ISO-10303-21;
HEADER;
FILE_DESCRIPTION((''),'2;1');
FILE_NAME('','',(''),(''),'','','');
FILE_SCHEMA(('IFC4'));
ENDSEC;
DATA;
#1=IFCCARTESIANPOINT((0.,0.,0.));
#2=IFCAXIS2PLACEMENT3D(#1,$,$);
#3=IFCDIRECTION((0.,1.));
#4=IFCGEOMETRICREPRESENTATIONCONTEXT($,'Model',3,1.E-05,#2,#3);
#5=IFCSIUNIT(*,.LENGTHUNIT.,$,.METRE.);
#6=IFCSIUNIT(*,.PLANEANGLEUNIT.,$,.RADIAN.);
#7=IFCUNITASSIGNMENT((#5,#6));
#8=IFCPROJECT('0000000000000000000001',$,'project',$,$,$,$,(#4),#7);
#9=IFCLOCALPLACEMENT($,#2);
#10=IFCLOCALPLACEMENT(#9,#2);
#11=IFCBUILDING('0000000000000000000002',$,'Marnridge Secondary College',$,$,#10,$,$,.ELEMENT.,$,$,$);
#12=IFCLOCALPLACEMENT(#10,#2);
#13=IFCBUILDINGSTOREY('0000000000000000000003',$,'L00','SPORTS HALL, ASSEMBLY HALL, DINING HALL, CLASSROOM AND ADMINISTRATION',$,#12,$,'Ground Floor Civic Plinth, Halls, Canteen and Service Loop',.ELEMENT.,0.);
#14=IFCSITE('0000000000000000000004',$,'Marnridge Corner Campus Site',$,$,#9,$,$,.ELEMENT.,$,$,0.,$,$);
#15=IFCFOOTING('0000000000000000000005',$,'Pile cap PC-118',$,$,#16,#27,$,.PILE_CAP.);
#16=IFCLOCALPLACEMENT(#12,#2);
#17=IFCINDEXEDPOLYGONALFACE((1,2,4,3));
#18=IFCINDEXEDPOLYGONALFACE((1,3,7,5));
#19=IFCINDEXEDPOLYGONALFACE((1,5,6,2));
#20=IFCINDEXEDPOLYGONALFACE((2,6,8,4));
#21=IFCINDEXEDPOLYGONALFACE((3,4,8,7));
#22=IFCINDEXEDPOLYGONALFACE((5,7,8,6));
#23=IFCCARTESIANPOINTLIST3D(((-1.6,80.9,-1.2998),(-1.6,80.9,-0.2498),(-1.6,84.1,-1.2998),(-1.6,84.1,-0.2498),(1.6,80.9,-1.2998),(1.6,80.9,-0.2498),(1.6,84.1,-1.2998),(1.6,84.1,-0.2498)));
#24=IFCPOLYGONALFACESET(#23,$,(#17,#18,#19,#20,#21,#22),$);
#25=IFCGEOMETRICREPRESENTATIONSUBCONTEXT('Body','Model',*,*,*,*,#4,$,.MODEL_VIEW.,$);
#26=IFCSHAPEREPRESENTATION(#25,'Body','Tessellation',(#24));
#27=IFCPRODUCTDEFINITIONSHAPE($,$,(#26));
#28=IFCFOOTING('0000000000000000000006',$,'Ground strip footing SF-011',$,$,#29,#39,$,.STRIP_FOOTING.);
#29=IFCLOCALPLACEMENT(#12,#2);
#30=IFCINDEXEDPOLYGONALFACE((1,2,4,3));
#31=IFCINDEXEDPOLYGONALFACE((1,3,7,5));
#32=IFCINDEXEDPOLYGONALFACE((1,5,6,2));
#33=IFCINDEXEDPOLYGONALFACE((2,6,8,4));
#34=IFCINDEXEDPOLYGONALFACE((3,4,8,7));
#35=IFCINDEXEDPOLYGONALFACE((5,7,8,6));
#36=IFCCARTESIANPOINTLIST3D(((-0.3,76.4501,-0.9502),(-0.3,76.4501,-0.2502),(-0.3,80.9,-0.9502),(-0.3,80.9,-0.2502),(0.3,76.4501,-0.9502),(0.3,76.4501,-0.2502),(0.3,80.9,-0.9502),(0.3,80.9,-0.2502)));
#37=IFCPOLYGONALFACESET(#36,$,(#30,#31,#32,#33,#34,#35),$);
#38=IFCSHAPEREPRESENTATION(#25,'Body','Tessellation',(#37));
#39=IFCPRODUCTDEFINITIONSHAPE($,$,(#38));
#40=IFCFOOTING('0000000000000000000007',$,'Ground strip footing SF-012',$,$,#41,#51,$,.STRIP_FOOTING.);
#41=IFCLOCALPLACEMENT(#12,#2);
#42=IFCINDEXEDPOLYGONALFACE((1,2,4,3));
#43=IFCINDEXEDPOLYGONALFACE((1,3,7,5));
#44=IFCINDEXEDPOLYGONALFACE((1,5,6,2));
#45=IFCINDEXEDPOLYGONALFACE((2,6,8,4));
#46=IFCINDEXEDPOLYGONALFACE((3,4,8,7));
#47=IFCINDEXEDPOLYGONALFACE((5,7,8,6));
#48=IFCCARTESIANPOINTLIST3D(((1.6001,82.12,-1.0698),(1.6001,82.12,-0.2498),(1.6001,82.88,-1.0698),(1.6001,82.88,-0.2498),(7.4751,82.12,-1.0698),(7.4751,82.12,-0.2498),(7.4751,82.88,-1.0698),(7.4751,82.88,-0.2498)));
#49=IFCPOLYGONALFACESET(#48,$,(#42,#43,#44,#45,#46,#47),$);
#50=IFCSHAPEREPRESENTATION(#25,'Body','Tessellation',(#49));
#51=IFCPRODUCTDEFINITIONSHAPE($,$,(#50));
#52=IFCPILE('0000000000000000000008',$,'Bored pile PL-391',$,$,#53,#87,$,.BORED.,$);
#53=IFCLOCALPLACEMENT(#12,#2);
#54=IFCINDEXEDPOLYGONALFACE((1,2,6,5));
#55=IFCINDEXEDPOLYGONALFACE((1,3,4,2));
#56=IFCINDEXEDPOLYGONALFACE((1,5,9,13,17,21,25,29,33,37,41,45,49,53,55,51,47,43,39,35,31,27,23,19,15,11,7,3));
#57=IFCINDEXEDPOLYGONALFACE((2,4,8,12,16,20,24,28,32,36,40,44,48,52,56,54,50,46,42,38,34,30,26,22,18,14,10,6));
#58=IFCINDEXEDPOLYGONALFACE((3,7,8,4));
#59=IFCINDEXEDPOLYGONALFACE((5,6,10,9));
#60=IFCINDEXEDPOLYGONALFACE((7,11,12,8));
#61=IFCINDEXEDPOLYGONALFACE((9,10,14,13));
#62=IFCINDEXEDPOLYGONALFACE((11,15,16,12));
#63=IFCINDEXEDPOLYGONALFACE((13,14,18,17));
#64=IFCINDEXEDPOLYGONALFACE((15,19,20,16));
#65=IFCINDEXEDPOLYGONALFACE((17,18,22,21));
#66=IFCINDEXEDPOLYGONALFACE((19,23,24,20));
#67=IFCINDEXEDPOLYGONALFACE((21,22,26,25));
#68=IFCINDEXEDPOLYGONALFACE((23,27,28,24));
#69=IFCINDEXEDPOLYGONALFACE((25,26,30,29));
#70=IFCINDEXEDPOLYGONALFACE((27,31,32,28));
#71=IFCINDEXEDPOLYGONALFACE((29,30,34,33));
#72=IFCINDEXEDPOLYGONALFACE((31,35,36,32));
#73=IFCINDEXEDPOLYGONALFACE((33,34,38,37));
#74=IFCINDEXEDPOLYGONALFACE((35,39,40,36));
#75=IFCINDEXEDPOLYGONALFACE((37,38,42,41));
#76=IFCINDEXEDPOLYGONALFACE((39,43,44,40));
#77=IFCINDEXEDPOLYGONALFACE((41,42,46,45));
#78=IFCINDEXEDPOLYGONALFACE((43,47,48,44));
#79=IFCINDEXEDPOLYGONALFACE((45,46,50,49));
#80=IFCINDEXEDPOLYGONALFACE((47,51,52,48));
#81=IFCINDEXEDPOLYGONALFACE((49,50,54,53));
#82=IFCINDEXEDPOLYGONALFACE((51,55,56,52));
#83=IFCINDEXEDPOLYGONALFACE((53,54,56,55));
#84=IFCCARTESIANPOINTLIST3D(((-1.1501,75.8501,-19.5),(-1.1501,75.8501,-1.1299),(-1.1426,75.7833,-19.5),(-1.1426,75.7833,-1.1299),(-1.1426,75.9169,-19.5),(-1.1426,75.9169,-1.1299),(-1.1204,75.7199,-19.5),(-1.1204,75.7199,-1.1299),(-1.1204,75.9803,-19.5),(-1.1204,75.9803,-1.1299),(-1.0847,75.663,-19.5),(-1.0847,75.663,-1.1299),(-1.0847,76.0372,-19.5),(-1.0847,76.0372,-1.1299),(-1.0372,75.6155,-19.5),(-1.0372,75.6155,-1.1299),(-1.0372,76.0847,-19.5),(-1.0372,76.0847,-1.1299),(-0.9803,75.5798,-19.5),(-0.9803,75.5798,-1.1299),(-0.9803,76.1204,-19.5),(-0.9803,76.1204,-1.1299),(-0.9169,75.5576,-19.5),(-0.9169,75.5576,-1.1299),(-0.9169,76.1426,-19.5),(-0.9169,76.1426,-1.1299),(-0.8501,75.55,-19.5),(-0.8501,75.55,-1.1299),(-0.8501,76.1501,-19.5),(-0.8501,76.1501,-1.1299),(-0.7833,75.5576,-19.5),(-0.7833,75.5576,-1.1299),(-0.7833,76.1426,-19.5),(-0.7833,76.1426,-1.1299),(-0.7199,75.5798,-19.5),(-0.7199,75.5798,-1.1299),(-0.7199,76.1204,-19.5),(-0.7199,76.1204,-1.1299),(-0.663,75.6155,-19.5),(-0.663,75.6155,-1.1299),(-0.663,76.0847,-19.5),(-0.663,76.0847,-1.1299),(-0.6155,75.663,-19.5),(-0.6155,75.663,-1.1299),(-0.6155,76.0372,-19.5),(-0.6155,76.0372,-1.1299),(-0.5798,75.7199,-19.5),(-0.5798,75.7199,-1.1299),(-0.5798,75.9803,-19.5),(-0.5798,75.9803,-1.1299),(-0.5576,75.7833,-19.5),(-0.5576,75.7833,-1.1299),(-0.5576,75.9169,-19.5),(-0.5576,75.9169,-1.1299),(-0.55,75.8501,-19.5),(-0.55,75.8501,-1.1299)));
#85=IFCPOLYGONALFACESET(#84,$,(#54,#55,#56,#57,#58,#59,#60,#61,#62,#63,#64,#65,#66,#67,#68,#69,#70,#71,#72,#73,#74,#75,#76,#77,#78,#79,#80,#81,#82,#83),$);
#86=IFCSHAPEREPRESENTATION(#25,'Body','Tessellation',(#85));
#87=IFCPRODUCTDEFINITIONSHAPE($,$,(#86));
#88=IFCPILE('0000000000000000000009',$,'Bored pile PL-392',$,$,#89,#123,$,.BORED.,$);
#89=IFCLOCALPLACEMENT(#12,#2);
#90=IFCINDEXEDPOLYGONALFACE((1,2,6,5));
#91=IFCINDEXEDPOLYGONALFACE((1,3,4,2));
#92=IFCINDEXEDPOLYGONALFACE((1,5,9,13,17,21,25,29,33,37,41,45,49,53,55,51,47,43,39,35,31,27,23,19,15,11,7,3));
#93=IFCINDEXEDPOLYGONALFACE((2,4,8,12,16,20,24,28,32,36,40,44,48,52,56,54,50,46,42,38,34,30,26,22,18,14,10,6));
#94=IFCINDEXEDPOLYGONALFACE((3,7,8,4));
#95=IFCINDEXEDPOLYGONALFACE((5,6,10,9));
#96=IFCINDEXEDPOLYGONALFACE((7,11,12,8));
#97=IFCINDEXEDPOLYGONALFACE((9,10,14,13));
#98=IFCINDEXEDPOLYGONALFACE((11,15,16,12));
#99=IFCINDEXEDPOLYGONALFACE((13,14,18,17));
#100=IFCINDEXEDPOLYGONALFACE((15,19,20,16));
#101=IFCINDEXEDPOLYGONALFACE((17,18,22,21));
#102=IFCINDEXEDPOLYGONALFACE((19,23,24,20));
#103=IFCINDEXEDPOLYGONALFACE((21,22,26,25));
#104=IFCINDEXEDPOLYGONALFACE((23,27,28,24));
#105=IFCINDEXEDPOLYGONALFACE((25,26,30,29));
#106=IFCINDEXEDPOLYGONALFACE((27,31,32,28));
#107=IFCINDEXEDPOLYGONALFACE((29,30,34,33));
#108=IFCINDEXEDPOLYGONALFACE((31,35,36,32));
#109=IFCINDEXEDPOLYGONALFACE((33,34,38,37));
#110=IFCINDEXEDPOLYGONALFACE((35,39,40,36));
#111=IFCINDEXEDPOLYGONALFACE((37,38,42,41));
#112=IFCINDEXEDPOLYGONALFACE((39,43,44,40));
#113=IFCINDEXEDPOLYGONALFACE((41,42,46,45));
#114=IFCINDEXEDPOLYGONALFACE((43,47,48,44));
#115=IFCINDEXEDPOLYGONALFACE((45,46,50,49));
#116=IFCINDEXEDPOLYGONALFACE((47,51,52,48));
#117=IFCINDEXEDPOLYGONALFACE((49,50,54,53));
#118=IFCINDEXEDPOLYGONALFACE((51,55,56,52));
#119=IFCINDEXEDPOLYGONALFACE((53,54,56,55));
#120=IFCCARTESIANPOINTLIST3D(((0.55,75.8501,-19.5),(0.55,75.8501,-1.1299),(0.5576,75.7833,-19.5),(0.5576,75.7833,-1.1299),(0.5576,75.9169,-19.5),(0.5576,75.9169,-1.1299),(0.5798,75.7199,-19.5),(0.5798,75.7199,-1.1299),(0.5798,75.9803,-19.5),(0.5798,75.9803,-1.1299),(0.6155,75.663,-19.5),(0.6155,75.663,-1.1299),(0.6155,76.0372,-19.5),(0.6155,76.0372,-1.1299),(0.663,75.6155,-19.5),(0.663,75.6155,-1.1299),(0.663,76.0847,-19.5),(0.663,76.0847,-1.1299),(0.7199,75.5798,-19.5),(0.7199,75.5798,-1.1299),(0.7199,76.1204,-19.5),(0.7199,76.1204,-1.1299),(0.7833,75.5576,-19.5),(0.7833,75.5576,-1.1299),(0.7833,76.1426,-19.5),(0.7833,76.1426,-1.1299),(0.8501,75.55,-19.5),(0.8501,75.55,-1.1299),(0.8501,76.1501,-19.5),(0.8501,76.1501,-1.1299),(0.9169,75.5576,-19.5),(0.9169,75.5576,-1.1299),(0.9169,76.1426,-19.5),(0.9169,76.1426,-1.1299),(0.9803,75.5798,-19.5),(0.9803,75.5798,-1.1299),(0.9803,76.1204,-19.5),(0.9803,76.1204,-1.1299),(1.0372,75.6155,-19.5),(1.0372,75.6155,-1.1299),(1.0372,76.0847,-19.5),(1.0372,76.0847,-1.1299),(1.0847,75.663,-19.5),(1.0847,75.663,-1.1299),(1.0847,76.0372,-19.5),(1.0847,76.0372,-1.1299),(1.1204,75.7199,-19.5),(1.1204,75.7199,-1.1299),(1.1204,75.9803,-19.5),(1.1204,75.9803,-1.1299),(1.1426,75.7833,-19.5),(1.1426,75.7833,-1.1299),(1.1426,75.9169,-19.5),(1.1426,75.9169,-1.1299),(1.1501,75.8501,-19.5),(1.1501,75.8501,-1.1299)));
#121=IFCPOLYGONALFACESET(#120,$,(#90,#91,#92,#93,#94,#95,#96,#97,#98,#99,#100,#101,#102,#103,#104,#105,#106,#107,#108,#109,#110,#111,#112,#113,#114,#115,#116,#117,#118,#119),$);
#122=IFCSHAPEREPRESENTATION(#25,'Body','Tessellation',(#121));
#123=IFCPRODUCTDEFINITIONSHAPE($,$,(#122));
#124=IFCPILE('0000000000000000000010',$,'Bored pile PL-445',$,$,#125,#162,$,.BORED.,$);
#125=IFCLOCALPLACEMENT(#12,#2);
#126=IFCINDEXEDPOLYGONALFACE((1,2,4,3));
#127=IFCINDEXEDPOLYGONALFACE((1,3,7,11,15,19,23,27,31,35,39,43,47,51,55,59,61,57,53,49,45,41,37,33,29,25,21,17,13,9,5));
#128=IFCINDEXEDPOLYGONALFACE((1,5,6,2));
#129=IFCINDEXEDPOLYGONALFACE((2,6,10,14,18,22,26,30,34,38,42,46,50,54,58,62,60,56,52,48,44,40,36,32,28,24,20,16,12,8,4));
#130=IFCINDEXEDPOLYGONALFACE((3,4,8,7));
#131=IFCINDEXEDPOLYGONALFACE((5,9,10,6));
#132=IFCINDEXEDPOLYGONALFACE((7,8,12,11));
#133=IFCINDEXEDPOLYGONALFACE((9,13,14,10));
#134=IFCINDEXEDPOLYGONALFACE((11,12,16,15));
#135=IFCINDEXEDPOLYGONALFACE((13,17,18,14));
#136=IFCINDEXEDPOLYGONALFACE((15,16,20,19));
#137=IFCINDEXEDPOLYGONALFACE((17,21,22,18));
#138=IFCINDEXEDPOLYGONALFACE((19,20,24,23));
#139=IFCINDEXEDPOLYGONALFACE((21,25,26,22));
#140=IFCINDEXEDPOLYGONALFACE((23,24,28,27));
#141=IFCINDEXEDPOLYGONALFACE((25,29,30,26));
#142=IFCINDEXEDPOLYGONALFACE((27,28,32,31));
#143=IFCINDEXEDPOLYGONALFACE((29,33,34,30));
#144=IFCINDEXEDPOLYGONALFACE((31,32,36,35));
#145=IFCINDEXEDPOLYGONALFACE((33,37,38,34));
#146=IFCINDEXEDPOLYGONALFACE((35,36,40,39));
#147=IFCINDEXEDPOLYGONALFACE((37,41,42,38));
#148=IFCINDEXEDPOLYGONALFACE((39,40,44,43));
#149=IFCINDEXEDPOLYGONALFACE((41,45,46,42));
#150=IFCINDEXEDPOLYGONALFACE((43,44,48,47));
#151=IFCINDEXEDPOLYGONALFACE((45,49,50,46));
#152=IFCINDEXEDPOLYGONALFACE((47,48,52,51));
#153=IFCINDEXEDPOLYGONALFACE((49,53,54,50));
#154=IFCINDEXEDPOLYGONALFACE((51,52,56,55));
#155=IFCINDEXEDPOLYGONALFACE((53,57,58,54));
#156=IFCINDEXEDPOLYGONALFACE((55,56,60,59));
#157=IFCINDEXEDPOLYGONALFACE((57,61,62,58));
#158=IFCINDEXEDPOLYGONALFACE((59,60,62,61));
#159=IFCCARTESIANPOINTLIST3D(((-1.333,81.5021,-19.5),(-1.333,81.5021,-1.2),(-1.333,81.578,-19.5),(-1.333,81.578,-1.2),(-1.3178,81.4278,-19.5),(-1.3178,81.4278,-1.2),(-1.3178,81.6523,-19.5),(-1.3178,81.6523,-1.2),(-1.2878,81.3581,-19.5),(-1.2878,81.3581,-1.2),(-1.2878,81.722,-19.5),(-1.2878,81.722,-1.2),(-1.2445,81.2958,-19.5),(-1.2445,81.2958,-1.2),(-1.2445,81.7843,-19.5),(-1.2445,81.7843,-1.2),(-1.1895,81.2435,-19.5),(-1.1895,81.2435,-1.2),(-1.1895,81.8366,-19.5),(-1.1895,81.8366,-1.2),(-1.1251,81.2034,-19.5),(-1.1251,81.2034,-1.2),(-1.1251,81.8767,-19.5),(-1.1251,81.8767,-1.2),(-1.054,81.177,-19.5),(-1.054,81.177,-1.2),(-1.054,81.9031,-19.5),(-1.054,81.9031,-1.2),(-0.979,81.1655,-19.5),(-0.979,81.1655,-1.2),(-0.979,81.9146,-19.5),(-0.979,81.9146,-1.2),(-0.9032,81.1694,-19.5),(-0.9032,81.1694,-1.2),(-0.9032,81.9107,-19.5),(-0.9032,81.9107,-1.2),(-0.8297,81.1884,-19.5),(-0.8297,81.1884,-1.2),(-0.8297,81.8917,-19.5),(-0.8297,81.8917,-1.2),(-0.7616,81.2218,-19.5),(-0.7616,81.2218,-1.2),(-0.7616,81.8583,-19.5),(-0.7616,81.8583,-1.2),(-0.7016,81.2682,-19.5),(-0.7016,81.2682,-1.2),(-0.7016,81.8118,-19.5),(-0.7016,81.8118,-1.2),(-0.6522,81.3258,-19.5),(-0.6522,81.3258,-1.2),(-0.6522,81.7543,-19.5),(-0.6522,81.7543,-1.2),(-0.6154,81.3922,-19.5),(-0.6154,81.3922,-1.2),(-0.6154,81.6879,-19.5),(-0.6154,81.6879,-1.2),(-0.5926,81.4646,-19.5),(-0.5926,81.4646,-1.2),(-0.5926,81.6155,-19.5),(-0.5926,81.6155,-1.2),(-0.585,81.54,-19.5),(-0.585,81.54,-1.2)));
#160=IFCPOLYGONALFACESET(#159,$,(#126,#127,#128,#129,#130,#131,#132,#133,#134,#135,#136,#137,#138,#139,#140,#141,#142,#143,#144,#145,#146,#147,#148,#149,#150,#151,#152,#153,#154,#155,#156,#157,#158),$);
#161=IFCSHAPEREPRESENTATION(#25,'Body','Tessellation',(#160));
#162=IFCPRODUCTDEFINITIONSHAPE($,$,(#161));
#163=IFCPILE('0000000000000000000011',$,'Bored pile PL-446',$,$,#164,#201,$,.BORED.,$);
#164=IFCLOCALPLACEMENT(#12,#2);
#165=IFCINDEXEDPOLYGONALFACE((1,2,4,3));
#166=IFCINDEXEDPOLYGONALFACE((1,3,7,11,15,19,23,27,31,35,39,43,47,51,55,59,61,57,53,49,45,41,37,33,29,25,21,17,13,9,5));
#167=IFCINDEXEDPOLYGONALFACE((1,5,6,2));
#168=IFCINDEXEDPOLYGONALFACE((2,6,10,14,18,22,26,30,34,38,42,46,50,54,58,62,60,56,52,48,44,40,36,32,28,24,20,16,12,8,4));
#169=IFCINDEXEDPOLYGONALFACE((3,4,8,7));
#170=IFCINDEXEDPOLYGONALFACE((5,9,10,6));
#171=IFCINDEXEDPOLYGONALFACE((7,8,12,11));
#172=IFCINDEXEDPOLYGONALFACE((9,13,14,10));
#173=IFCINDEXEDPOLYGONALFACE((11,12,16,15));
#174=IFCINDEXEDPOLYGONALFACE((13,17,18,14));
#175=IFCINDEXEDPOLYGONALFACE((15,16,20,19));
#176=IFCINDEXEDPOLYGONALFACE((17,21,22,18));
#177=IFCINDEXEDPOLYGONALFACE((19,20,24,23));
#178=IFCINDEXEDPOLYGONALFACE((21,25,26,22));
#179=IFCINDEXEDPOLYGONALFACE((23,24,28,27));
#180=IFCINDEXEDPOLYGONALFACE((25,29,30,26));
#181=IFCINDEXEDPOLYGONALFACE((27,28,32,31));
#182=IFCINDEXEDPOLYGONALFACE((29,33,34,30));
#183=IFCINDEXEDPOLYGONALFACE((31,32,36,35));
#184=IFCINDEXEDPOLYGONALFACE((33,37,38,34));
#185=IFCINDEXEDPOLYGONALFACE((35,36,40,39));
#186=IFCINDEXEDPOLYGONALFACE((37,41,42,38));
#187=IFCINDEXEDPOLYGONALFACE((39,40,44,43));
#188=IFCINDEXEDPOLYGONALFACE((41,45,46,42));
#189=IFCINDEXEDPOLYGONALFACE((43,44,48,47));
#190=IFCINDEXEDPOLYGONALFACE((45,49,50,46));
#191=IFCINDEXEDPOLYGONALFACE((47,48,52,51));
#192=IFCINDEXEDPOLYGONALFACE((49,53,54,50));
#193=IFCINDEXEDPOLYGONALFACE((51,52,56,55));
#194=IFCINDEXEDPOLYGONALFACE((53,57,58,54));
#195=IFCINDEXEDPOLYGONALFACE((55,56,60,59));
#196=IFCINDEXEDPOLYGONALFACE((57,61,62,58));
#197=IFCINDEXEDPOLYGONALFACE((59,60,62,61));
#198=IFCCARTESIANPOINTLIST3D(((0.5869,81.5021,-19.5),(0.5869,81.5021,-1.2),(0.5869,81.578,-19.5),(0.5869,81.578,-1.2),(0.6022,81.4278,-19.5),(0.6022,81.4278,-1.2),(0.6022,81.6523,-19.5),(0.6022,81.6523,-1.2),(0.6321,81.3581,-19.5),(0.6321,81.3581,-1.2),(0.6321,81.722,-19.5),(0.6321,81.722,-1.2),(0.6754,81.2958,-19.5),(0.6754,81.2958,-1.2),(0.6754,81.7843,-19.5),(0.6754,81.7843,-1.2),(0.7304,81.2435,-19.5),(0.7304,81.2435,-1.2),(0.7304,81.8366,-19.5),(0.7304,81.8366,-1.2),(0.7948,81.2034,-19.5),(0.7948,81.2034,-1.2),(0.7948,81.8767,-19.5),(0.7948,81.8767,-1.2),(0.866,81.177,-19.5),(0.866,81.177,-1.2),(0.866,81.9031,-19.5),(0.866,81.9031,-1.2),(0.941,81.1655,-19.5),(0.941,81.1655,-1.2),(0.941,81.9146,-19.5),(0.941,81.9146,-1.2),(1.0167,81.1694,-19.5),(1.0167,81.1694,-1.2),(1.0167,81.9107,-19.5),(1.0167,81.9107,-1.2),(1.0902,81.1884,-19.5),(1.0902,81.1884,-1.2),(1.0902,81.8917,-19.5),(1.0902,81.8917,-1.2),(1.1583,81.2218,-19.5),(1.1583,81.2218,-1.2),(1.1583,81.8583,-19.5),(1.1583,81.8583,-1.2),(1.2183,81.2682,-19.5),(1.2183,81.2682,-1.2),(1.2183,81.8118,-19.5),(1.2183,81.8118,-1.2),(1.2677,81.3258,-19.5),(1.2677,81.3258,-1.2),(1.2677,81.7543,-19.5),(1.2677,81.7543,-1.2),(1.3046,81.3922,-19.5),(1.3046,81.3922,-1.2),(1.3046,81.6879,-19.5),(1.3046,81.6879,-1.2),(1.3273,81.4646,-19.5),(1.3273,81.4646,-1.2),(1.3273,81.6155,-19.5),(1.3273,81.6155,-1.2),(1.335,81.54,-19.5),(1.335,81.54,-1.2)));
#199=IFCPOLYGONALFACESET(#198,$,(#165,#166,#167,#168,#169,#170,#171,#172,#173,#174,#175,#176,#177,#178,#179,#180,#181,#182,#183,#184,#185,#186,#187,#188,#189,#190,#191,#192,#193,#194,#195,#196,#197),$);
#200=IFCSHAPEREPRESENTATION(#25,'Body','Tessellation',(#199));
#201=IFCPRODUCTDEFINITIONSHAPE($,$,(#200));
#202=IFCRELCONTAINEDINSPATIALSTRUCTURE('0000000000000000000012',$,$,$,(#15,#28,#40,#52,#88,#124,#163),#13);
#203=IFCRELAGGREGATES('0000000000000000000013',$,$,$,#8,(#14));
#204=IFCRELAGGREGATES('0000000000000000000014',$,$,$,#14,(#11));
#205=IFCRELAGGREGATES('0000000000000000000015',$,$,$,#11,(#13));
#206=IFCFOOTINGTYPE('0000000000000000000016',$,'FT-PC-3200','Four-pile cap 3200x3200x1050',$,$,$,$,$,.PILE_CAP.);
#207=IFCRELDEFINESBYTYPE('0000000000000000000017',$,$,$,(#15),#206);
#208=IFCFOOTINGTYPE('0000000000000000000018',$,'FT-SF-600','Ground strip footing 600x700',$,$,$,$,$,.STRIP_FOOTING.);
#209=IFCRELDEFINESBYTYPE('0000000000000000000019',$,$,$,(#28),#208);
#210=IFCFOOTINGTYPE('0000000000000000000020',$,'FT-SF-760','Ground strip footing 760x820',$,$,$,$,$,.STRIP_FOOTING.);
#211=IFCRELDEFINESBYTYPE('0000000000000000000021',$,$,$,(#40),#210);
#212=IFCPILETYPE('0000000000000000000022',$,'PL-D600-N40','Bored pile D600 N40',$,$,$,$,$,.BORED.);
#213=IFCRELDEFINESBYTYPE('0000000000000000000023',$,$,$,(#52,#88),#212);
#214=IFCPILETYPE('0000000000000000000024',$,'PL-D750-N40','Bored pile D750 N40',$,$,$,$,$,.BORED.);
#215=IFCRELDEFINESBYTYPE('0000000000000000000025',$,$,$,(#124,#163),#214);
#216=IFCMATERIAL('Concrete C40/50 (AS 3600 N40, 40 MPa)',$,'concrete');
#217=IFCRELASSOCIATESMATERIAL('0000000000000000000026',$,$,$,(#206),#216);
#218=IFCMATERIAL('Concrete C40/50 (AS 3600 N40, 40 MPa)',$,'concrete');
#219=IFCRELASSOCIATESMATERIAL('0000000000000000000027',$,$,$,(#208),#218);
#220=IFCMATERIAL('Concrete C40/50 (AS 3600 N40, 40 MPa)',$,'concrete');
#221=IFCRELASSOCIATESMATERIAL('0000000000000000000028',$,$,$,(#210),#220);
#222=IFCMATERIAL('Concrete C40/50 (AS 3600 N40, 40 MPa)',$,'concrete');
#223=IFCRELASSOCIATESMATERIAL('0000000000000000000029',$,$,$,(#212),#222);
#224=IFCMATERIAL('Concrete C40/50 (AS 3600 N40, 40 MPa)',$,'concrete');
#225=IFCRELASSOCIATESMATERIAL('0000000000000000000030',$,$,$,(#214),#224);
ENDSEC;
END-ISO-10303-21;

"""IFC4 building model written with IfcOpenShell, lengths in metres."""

from ifc_helpers import new_model, si_unit, direction, frame, origin, origin_2d, place, context, subcontext, project, spatial, rectangle, circle, extrude, material, material_profile, profile_set, type_object, element, save


model = new_model("IFC4")

# Units and contexts
model_context = context("Model", 3, precision=1e-05, world=origin(), true_north=direction((0.0, 1.0)))
body_context = subcontext(model_context, "Body", "Model", "MODEL_VIEW")
ifc_project = project(units=[si_unit("LENGTHUNIT", "METRE"), si_unit("PLANEANGLEUNIT", "RADIAN")], contexts=[model_context])

# Site, building, storey
site_placement = place(None, origin())
site = spatial("IfcSite", under=ifc_project, at=site_placement, Name="Marnridge Corner Campus Site", CompositionType="ELEMENT", RefElevation=0.0)
building_placement = place(site_placement, origin())
building = spatial("IfcBuilding", under=site, at=building_placement, Name="Marnridge Secondary College", CompositionType="ELEMENT")
storey_placement = place(building_placement, origin())
storey = spatial("IfcBuildingStorey", under=building, at=storey_placement, Name="L00", Description="SPORTS HALL, ASSEMBLY HALL, DINING HALL, CLASSROOM AND ADMINISTRATION", LongName="Ground Floor Civic Plinth, Halls, Canteen and Service Loop", CompositionType="ELEMENT", Elevation=0.0)

# Footings
ifc_material_1 = material(Name="Concrete C40/50 (AS 3600 N40, 40 MPa)", Category="concrete")
footing_type_1 = type_object("IfcFootingType", Name="FT-PC-3200", Description="Four-pile cap 3200x3200x1050", PredefinedType="PILE_CAP", material=ifc_material_1)
footing_1_placement = place(storey_placement, frame((0.0, 82.5, -1.2998), z_axis=(0.0, 0.0, 1.0), x_axis=(1.0, 0.0, 0.0)))
element("IfcFooting", 1, at=footing_1_placement, inside=storey, type_object=footing_type_1, Name="Pile cap PC-118", PredefinedType="PILE_CAP", context=body_context, shape_type="SweptSolid", body=[
    extrude(rectangle(XDim=3.2, YDim=3.2, at=origin_2d()), origin(), (0.0, 0.0, 1.0), 1.05),
])
ifc_material_2 = material(Name="Concrete C40/50 (AS 3600 N40, 40 MPa)", Category="concrete")
footing_type_2 = type_object("IfcFootingType", Name="FT-SF-600", Description="Ground strip footing 600x700", PredefinedType="STRIP_FOOTING", material=ifc_material_2)
footing_2_placement = place(storey_placement, frame((0.0, 78.675, -0.9502), z_axis=(0.0, 0.0, 1.0), x_axis=(1.0, 0.0, 0.0)))
element("IfcFooting", 2, at=footing_2_placement, inside=storey, type_object=footing_type_2, Name="Ground strip footing SF-011", PredefinedType="STRIP_FOOTING", context=body_context, shape_type="SweptSolid", body=[
    extrude(rectangle(XDim=0.6001, YDim=4.45, at=origin_2d()), origin(), (0.0, 0.0, 1.0), 0.7),
])
ifc_material_3 = material(Name="Concrete C40/50 (AS 3600 N40, 40 MPa)", Category="concrete")
footing_type_3 = type_object("IfcFootingType", Name="FT-SF-760", Description="Ground strip footing 760x820", PredefinedType="STRIP_FOOTING", material=ifc_material_3)
footing_3_placement = place(storey_placement, frame((4.5376, 82.5, -1.0698), z_axis=(0.0, 0.0, 1.0), x_axis=(1.0, 0.0, 0.0)))
element("IfcFooting", 3, at=footing_3_placement, inside=storey, type_object=footing_type_3, Name="Ground strip footing SF-012", PredefinedType="STRIP_FOOTING", context=body_context, shape_type="SweptSolid", body=[
    extrude(rectangle(XDim=5.875, YDim=0.76, at=origin_2d()), origin(), (0.0, 0.0, 1.0), 0.8201),
])

# Piles
ifc_material_4 = material(Name="Concrete C40/50 (AS 3600 N40, 40 MPa)", Category="concrete")
ifc_material_profile_1 = material_profile(ifc_material_4, circle(Radius=0.3, at=origin_2d()), Name="PILE D600")
ifc_profile_set_1 = profile_set([ifc_material_profile_1], Name="Concrete C40/50 (AS 3600 N40, 40 MPa)")
pile_type_1 = type_object("IfcPileType", Name="PL-D600-N40", Description="Bored pile D600 N40", PredefinedType="BORED", material=ifc_profile_set_1)
for number, where, z_axis, x_axis, name in (
    (4, (-0.8501, 75.8501, -1.1299), (0.0, 0.0, -1.0), (1.0, 0.0, 0.0), "Bored pile PL-391"),
    (5, (0.8501, 75.8501, -1.1299), (0.0, 0.0, -1.0), (1.0, 0.0, 0.0), "Bored pile PL-392"),
):
    element("IfcPile", number, at=place(storey_placement, frame(where, z_axis=z_axis, x_axis=x_axis)), inside=storey, type_object=pile_type_1, Name=name, PredefinedType="BORED", context=body_context, shape_type="SweptSolid", body=[
        extrude(circle(Radius=0.3, at=origin_2d()), origin(), (0.0, 0.0, 1.0), 18.3701),
    ])
ifc_material_5 = material(Name="Concrete C40/50 (AS 3600 N40, 40 MPa)", Category="concrete")
ifc_material_profile_2 = material_profile(ifc_material_5, circle(Radius=0.375, at=origin_2d()), Name="PILE D750")
ifc_profile_set_2 = profile_set([ifc_material_profile_2], Name="Concrete C40/50 (AS 3600 N40, 40 MPa)")
pile_type_2 = type_object("IfcPileType", Name="PL-D750-N40", Description="Bored pile D750 N40", PredefinedType="BORED", material=ifc_profile_set_2)
for number, where, z_axis, x_axis, name in (
    (6, (-0.96, 81.54, -1.2), (0.0, 0.0, -1.0), (1.0, 0.0, 0.0), "Bored pile PL-445"),
    (7, (0.96, 81.54, -1.2), (0.0, 0.0, -1.0), (1.0, 0.0, 0.0), "Bored pile PL-446"),
):
    element("IfcPile", number, at=place(storey_placement, frame(where, z_axis=z_axis, x_axis=x_axis)), inside=storey, type_object=pile_type_2, Name=name, PredefinedType="BORED", context=body_context, shape_type="SweptSolid", body=[
        extrude(circle(Radius=0.375, at=origin_2d()), origin(), (0.0, 0.0, 1.0), 18.3),
    ])

save(model, "model.ifc")
